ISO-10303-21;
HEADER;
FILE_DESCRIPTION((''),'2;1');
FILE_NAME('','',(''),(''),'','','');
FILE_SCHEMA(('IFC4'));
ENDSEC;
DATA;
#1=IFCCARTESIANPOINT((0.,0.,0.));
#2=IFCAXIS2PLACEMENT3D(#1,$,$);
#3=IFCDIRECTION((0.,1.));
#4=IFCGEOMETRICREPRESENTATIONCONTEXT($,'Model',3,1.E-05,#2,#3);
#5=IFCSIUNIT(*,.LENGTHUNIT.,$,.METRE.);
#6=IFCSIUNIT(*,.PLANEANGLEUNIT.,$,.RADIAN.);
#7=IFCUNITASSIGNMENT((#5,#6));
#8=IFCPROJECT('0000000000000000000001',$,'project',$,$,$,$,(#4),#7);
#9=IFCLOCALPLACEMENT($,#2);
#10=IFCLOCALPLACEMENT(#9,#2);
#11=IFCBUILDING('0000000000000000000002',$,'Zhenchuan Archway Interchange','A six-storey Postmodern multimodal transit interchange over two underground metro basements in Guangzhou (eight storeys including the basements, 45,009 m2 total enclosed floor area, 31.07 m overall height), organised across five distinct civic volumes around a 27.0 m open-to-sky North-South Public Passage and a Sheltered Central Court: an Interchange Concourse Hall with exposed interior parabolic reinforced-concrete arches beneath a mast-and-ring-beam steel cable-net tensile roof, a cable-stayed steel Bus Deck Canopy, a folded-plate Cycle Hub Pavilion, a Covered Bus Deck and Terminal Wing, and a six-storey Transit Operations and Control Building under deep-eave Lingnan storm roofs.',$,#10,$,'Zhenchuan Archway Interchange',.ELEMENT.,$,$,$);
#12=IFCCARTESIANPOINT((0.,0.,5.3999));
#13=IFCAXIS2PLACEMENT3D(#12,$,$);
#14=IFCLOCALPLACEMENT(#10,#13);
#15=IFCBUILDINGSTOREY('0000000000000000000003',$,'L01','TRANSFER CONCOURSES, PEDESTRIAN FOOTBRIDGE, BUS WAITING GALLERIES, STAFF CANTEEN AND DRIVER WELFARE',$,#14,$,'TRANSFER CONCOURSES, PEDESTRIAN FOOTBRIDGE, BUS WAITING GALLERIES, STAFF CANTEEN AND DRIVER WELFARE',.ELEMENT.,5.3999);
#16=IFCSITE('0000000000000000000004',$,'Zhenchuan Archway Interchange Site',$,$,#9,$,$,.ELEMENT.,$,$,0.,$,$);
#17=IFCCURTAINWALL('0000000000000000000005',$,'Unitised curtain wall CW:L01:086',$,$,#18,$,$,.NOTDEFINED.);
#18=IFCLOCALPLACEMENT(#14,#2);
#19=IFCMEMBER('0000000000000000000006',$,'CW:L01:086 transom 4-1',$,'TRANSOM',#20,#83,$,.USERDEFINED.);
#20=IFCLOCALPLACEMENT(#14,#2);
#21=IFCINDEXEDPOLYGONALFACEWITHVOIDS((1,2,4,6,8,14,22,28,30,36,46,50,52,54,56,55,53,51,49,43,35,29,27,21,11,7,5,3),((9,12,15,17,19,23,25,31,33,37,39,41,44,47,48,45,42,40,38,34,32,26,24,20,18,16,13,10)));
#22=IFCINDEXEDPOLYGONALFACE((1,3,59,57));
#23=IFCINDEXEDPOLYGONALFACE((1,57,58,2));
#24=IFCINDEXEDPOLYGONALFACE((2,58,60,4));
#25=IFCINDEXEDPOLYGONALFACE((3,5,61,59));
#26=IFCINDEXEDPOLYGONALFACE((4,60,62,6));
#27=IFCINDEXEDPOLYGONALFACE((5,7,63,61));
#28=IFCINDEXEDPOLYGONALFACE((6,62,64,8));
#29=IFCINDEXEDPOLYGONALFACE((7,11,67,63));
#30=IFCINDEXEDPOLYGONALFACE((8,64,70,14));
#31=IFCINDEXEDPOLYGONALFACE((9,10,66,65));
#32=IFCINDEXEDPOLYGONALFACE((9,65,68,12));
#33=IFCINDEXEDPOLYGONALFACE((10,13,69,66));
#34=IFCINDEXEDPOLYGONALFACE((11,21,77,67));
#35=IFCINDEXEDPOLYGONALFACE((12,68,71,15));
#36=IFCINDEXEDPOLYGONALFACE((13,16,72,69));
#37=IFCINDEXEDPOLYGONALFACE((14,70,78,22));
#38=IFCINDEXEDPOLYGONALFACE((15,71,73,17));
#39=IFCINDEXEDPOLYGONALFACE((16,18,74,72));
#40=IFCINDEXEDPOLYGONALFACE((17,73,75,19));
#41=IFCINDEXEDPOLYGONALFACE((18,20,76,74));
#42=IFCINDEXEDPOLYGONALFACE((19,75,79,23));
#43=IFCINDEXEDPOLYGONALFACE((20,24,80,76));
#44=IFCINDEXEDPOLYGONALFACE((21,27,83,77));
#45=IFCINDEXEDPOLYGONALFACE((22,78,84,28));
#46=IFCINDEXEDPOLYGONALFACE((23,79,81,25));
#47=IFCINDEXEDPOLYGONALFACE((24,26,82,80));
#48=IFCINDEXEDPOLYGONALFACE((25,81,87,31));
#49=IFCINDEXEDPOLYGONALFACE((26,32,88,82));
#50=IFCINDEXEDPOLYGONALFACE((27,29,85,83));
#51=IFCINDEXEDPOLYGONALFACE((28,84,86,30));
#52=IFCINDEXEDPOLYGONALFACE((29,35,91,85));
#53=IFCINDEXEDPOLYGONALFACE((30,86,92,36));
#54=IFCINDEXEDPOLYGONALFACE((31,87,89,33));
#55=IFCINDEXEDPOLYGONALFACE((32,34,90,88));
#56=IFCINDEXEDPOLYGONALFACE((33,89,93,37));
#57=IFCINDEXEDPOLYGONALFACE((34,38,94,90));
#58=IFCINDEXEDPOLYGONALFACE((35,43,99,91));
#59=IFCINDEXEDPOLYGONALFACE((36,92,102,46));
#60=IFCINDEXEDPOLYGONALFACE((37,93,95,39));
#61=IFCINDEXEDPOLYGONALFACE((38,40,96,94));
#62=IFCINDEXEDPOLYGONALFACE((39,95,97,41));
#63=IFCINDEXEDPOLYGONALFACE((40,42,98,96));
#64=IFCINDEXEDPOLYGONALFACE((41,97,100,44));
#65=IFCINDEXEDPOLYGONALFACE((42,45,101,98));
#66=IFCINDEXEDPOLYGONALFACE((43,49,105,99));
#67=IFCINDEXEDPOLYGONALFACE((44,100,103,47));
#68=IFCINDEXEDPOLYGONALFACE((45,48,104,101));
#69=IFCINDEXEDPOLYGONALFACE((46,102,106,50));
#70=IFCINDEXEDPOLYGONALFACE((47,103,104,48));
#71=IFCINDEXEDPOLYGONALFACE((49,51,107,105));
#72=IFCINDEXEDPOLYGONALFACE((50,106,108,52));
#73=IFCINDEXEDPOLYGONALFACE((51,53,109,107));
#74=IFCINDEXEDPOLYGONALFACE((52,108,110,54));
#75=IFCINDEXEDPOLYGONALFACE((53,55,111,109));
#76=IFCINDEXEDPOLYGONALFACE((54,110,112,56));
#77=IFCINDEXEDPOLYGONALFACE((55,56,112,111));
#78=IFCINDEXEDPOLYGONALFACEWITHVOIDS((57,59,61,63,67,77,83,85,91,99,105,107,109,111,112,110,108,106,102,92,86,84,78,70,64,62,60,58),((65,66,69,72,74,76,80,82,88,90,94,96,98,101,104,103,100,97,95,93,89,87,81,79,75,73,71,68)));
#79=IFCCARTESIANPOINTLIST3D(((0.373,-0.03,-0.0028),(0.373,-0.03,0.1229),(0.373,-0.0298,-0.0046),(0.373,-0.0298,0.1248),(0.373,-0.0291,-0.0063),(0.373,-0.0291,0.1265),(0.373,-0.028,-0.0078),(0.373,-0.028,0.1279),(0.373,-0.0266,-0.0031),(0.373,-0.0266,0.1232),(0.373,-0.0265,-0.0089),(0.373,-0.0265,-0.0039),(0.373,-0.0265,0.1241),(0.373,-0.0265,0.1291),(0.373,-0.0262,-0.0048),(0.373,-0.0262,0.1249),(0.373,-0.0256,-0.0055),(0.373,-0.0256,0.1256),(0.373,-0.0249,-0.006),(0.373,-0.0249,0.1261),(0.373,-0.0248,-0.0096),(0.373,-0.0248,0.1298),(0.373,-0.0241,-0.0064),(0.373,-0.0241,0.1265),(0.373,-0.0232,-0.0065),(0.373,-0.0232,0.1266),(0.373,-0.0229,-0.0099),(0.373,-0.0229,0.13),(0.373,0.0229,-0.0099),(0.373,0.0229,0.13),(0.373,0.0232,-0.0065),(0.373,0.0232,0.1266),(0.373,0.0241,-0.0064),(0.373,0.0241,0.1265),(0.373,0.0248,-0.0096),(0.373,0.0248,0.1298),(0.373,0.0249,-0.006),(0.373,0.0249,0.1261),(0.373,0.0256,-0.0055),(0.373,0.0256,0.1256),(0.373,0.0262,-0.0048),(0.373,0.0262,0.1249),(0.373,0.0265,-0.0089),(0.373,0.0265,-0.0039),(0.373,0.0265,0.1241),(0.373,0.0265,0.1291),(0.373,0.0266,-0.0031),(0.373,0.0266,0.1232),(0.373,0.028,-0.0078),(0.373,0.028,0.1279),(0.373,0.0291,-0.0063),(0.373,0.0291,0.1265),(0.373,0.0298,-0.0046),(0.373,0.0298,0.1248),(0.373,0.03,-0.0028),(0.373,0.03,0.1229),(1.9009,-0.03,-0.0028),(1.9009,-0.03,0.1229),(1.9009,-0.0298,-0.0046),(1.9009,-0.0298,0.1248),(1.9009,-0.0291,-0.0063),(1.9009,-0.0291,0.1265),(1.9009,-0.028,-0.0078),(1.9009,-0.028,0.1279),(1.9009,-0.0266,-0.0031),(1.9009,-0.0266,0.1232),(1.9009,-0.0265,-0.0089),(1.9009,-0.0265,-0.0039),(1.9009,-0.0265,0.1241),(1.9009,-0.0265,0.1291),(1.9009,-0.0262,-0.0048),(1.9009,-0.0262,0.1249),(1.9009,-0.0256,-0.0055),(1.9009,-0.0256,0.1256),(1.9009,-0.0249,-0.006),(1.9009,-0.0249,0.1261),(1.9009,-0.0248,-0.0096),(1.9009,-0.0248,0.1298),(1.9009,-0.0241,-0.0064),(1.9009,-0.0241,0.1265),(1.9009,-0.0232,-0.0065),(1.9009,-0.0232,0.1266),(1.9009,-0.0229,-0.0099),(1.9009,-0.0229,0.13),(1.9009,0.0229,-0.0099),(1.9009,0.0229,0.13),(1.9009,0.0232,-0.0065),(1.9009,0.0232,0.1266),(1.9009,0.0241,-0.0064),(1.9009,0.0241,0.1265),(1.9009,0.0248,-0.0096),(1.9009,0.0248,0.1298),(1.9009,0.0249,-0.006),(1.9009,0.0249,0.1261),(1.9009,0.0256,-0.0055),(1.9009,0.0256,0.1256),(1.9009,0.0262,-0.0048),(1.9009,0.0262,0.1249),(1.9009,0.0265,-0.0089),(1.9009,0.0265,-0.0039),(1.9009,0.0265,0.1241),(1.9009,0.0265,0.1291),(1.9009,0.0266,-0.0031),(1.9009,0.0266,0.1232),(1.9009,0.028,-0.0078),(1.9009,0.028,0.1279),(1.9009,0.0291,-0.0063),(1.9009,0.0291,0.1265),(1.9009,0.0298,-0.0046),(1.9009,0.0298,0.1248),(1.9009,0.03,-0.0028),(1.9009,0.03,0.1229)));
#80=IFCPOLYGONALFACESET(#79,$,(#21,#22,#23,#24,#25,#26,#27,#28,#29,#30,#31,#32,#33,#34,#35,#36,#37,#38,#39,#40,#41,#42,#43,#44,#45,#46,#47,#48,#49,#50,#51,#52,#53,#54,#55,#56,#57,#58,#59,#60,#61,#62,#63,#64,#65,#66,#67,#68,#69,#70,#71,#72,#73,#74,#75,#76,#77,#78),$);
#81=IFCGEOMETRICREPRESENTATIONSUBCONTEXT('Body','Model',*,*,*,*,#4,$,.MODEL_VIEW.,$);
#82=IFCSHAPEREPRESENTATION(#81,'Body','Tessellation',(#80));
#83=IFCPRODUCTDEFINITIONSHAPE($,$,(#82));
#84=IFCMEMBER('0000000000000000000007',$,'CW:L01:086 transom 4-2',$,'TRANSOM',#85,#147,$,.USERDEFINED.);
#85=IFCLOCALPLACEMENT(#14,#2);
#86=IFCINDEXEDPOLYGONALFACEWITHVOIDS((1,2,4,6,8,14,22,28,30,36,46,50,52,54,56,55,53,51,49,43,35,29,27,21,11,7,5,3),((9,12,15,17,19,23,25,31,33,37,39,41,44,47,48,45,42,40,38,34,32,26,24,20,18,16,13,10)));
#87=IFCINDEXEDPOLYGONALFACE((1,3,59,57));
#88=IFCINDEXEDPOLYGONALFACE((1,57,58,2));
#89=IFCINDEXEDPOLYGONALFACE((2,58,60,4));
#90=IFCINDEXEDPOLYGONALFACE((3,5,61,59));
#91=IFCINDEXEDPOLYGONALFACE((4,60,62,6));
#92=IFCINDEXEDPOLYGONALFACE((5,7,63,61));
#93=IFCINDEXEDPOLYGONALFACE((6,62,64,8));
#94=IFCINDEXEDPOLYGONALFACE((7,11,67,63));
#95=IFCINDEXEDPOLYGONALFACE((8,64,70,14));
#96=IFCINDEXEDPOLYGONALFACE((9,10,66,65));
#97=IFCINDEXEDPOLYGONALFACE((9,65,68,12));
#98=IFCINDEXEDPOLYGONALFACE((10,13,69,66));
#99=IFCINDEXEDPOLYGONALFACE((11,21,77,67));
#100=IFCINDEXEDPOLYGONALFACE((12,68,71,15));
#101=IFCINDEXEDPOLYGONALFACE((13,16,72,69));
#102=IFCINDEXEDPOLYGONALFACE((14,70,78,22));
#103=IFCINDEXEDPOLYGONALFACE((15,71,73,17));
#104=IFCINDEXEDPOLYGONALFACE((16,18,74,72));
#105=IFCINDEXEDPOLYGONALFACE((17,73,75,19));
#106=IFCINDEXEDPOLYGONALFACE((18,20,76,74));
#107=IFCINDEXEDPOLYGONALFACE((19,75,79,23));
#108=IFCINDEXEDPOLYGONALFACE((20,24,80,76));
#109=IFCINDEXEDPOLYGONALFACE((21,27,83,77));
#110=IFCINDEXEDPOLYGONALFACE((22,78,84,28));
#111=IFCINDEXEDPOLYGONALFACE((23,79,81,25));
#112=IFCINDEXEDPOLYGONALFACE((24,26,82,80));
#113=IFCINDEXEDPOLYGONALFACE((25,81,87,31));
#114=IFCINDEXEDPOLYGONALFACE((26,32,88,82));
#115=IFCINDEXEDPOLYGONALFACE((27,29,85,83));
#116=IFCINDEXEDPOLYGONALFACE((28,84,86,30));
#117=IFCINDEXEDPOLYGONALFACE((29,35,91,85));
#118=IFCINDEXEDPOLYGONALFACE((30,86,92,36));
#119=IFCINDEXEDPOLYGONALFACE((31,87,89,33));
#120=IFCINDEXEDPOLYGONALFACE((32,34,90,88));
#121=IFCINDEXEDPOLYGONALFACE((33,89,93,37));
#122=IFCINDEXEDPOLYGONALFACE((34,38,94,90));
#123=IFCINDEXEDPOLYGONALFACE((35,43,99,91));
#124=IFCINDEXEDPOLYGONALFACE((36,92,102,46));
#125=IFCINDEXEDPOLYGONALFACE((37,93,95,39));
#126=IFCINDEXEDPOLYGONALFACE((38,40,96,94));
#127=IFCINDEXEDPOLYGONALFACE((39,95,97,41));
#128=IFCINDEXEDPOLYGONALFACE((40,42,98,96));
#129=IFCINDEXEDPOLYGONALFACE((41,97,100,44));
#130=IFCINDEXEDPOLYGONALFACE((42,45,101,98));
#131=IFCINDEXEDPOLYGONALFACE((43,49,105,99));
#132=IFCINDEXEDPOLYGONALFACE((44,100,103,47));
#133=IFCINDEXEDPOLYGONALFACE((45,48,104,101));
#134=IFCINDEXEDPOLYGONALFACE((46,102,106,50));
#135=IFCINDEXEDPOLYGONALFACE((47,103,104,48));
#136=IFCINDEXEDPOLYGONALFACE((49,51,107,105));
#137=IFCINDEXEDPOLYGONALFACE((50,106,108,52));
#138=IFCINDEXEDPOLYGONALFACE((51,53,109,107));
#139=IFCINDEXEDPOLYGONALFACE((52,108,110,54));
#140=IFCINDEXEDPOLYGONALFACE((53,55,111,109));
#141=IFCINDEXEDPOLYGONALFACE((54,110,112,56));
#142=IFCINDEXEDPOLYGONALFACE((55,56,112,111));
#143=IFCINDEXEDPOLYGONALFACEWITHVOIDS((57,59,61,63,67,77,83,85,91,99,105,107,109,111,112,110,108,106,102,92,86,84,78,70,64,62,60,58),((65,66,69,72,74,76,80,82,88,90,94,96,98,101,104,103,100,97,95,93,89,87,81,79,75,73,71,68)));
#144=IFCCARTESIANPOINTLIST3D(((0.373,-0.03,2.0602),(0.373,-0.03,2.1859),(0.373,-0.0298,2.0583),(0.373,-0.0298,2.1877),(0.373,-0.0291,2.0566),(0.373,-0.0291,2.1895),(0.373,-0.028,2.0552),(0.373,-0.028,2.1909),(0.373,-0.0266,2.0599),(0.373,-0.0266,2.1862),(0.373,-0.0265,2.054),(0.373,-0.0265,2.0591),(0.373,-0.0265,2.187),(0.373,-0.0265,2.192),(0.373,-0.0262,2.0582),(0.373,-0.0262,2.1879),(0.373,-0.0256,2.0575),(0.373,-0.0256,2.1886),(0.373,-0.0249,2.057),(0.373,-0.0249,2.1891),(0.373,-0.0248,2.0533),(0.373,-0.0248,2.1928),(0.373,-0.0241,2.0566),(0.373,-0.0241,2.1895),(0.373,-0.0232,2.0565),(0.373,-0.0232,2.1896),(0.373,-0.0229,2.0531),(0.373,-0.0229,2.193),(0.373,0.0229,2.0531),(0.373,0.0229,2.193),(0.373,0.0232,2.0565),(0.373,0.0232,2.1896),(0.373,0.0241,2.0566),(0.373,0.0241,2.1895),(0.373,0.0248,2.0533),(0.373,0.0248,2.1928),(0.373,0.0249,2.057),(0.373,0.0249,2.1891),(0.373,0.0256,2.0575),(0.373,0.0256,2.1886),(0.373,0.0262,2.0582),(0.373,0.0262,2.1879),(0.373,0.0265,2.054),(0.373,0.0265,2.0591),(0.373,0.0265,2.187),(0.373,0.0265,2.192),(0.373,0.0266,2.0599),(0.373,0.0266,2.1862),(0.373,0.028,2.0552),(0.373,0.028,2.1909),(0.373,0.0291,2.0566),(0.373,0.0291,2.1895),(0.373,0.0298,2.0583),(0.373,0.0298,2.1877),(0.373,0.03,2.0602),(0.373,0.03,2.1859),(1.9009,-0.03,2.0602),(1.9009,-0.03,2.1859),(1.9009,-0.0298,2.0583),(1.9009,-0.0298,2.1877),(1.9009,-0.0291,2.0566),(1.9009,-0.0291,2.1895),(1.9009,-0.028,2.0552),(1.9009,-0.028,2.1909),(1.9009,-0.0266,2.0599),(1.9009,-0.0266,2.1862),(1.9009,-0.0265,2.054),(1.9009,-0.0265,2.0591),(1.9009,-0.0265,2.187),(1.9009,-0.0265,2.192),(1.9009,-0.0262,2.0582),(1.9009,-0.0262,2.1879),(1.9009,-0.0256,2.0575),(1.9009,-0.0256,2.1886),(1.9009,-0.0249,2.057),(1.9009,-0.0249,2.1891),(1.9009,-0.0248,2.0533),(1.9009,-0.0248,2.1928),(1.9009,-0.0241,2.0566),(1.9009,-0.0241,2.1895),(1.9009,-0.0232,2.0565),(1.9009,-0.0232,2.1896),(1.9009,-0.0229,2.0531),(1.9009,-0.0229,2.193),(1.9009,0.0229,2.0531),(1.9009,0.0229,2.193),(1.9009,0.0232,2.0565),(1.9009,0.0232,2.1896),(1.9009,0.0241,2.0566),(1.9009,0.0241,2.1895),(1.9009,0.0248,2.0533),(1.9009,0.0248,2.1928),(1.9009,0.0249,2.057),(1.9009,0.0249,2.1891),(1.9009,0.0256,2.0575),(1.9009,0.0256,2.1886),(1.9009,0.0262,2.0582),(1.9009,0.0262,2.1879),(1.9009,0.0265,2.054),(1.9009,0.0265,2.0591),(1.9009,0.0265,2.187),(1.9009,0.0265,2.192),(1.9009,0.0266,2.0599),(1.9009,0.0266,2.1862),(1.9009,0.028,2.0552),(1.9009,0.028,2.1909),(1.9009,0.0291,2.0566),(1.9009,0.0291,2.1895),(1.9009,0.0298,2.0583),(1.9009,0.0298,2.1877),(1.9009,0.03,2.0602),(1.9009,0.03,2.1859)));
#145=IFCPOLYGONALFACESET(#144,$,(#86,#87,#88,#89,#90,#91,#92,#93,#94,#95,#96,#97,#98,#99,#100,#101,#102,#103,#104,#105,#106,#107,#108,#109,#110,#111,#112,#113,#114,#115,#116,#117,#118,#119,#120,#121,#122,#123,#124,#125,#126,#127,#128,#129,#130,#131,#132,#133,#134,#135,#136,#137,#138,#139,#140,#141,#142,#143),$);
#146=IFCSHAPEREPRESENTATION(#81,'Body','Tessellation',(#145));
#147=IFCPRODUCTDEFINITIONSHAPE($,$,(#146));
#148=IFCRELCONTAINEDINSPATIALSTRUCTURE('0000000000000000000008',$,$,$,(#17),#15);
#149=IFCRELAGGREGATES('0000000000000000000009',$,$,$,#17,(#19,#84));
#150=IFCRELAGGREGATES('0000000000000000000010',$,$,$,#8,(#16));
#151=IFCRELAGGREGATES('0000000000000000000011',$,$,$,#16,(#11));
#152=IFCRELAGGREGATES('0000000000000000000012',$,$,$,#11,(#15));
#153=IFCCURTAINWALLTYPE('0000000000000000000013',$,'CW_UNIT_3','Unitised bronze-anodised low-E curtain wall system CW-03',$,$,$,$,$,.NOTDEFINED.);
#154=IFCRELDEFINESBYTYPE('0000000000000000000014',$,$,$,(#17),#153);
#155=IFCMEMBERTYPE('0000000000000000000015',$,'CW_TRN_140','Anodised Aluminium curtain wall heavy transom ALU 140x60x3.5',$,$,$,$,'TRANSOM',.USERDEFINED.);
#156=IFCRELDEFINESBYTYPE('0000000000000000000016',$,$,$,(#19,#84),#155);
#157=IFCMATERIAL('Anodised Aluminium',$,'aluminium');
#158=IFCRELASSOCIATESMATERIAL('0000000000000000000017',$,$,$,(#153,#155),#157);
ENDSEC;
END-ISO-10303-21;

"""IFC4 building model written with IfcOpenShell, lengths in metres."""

from ifc_helpers import new_model, si_unit, direction, frame, origin, origin_2d, place, context, subcontext, project, spatial, hollow_rectangle, extrude, material, material_profile, profile_set, type_object, element, aggregate, save


model = new_model("IFC4")

# Units and contexts
model_context = context("Model", 3, precision=1e-05, world=origin(), true_north=direction((0.0, 1.0)))
body_context = subcontext(model_context, "Body", "Model", "MODEL_VIEW")
ifc_project = project(units=[si_unit("LENGTHUNIT", "METRE"), si_unit("PLANEANGLEUNIT", "RADIAN")], contexts=[model_context])

# Site, building, storey
site_placement = place(None, origin())
site = spatial("IfcSite", under=ifc_project, at=site_placement, Name="Zhenchuan Archway Interchange Site", CompositionType="ELEMENT", RefElevation=0.0)
building_placement = place(site_placement, origin())
building = spatial("IfcBuilding", under=site, at=building_placement, Name="Zhenchuan Archway Interchange", Description="A six-storey Postmodern multimodal transit interchange over two underground metro basements in Guangzhou (eight storeys including the basements, 45,009 m2 total enclosed floor area, 31.07 m overall height), organised across five distinct civic volumes around a 27.0 m open-to-sky North-South Public Passage and a Sheltered Central Court: an Interchange Concourse Hall with exposed interior parabolic reinforced-concrete arches beneath a mast-and-ring-beam steel cable-net tensile roof, a cable-stayed steel Bus Deck Canopy, a folded-plate Cycle Hub Pavilion, a Covered Bus Deck and Terminal Wing, and a six-storey Transit Operations and Control Building under deep-eave Lingnan storm roofs.", LongName="Zhenchuan Archway Interchange", CompositionType="ELEMENT")
storey_placement = place(building_placement, frame((0.0, 0.0, 5.3999)))
storey = spatial("IfcBuildingStorey", under=building, at=storey_placement, Name="L01", Description="TRANSFER CONCOURSES, PEDESTRIAN FOOTBRIDGE, BUS WAITING GALLERIES, STAFF CANTEEN AND DRIVER WELFARE", LongName="TRANSFER CONCOURSES, PEDESTRIAN FOOTBRIDGE, BUS WAITING GALLERIES, STAFF CANTEEN AND DRIVER WELFARE", CompositionType="ELEMENT", Elevation=5.3999)

# Curtain wall, members
ifc_material_1 = material(Name="Anodised Aluminium", Category="aluminium")
curtain_wall_type_1 = type_object("IfcCurtainWallType", Name="CW_UNIT_3", Description="Unitised bronze-anodised low-E curtain wall system CW-03", PredefinedType="NOTDEFINED", material=ifc_material_1)
curtain_wall_1_placement = place(storey_placement, origin())
curtain_wall_1 = element("IfcCurtainWall", 1, at=curtain_wall_1_placement, inside=storey, type_object=curtain_wall_type_1, Name="Unitised curtain wall CW:L01:086", PredefinedType="NOTDEFINED")
ifc_material_profile_1 = material_profile(ifc_material_1, hollow_rectangle(XDim=0.0601, YDim=0.1399, WallThickness=0.0034, InnerFilletRadius=0.0034, OuterFilletRadius=0.0071, at=origin_2d()), Name="ALU 140x60x3.5")
ifc_profile_set_1 = profile_set([ifc_material_profile_1], Name="Anodised Aluminium")
member_type = type_object("IfcMemberType", Name="CW_TRN_140", Description="Anodised Aluminium curtain wall heavy transom ALU 140x60x3.5", ElementType="TRANSOM", PredefinedType="USERDEFINED", material=ifc_profile_set_1)
member_1_placement = place(storey_placement, frame((1.9009, 0.0, 0.0601), z_axis=(-1.0, 0.0, 0.0), x_axis=(0.0, -1.0, 0.0)))
member_1 = element("IfcMember", 2, at=member_1_placement, type_object=member_type, Name="CW:L01:086 transom 4-1", ObjectType="TRANSOM", PredefinedType="USERDEFINED", context=body_context, shape_type="SweptSolid", body=[
    extrude(hollow_rectangle(XDim=0.0601, YDim=0.1399, WallThickness=0.0034, InnerFilletRadius=0.0034, OuterFilletRadius=0.0071, at=origin_2d()), origin(), (0.0, 0.0, 1.0), 1.5278),
])
member_2_placement = place(storey_placement, frame((1.9009, 0.0, 2.123), z_axis=(-1.0, 0.0, 0.0), x_axis=(0.0, -1.0, 0.0)))
member_2 = element("IfcMember", 3, at=member_2_placement, type_object=member_type, Name="CW:L01:086 transom 4-2", ObjectType="TRANSOM", PredefinedType="USERDEFINED", context=body_context, shape_type="SweptSolid", body=[
    extrude(hollow_rectangle(XDim=0.0601, YDim=0.1399, WallThickness=0.0034, InnerFilletRadius=0.0034, OuterFilletRadius=0.0071, at=origin_2d()), origin(), (0.0, 0.0, 1.0), 1.5278),
])

aggregate(curtain_wall_1, [member_1, member_2])

save(model, "model.ifc")
